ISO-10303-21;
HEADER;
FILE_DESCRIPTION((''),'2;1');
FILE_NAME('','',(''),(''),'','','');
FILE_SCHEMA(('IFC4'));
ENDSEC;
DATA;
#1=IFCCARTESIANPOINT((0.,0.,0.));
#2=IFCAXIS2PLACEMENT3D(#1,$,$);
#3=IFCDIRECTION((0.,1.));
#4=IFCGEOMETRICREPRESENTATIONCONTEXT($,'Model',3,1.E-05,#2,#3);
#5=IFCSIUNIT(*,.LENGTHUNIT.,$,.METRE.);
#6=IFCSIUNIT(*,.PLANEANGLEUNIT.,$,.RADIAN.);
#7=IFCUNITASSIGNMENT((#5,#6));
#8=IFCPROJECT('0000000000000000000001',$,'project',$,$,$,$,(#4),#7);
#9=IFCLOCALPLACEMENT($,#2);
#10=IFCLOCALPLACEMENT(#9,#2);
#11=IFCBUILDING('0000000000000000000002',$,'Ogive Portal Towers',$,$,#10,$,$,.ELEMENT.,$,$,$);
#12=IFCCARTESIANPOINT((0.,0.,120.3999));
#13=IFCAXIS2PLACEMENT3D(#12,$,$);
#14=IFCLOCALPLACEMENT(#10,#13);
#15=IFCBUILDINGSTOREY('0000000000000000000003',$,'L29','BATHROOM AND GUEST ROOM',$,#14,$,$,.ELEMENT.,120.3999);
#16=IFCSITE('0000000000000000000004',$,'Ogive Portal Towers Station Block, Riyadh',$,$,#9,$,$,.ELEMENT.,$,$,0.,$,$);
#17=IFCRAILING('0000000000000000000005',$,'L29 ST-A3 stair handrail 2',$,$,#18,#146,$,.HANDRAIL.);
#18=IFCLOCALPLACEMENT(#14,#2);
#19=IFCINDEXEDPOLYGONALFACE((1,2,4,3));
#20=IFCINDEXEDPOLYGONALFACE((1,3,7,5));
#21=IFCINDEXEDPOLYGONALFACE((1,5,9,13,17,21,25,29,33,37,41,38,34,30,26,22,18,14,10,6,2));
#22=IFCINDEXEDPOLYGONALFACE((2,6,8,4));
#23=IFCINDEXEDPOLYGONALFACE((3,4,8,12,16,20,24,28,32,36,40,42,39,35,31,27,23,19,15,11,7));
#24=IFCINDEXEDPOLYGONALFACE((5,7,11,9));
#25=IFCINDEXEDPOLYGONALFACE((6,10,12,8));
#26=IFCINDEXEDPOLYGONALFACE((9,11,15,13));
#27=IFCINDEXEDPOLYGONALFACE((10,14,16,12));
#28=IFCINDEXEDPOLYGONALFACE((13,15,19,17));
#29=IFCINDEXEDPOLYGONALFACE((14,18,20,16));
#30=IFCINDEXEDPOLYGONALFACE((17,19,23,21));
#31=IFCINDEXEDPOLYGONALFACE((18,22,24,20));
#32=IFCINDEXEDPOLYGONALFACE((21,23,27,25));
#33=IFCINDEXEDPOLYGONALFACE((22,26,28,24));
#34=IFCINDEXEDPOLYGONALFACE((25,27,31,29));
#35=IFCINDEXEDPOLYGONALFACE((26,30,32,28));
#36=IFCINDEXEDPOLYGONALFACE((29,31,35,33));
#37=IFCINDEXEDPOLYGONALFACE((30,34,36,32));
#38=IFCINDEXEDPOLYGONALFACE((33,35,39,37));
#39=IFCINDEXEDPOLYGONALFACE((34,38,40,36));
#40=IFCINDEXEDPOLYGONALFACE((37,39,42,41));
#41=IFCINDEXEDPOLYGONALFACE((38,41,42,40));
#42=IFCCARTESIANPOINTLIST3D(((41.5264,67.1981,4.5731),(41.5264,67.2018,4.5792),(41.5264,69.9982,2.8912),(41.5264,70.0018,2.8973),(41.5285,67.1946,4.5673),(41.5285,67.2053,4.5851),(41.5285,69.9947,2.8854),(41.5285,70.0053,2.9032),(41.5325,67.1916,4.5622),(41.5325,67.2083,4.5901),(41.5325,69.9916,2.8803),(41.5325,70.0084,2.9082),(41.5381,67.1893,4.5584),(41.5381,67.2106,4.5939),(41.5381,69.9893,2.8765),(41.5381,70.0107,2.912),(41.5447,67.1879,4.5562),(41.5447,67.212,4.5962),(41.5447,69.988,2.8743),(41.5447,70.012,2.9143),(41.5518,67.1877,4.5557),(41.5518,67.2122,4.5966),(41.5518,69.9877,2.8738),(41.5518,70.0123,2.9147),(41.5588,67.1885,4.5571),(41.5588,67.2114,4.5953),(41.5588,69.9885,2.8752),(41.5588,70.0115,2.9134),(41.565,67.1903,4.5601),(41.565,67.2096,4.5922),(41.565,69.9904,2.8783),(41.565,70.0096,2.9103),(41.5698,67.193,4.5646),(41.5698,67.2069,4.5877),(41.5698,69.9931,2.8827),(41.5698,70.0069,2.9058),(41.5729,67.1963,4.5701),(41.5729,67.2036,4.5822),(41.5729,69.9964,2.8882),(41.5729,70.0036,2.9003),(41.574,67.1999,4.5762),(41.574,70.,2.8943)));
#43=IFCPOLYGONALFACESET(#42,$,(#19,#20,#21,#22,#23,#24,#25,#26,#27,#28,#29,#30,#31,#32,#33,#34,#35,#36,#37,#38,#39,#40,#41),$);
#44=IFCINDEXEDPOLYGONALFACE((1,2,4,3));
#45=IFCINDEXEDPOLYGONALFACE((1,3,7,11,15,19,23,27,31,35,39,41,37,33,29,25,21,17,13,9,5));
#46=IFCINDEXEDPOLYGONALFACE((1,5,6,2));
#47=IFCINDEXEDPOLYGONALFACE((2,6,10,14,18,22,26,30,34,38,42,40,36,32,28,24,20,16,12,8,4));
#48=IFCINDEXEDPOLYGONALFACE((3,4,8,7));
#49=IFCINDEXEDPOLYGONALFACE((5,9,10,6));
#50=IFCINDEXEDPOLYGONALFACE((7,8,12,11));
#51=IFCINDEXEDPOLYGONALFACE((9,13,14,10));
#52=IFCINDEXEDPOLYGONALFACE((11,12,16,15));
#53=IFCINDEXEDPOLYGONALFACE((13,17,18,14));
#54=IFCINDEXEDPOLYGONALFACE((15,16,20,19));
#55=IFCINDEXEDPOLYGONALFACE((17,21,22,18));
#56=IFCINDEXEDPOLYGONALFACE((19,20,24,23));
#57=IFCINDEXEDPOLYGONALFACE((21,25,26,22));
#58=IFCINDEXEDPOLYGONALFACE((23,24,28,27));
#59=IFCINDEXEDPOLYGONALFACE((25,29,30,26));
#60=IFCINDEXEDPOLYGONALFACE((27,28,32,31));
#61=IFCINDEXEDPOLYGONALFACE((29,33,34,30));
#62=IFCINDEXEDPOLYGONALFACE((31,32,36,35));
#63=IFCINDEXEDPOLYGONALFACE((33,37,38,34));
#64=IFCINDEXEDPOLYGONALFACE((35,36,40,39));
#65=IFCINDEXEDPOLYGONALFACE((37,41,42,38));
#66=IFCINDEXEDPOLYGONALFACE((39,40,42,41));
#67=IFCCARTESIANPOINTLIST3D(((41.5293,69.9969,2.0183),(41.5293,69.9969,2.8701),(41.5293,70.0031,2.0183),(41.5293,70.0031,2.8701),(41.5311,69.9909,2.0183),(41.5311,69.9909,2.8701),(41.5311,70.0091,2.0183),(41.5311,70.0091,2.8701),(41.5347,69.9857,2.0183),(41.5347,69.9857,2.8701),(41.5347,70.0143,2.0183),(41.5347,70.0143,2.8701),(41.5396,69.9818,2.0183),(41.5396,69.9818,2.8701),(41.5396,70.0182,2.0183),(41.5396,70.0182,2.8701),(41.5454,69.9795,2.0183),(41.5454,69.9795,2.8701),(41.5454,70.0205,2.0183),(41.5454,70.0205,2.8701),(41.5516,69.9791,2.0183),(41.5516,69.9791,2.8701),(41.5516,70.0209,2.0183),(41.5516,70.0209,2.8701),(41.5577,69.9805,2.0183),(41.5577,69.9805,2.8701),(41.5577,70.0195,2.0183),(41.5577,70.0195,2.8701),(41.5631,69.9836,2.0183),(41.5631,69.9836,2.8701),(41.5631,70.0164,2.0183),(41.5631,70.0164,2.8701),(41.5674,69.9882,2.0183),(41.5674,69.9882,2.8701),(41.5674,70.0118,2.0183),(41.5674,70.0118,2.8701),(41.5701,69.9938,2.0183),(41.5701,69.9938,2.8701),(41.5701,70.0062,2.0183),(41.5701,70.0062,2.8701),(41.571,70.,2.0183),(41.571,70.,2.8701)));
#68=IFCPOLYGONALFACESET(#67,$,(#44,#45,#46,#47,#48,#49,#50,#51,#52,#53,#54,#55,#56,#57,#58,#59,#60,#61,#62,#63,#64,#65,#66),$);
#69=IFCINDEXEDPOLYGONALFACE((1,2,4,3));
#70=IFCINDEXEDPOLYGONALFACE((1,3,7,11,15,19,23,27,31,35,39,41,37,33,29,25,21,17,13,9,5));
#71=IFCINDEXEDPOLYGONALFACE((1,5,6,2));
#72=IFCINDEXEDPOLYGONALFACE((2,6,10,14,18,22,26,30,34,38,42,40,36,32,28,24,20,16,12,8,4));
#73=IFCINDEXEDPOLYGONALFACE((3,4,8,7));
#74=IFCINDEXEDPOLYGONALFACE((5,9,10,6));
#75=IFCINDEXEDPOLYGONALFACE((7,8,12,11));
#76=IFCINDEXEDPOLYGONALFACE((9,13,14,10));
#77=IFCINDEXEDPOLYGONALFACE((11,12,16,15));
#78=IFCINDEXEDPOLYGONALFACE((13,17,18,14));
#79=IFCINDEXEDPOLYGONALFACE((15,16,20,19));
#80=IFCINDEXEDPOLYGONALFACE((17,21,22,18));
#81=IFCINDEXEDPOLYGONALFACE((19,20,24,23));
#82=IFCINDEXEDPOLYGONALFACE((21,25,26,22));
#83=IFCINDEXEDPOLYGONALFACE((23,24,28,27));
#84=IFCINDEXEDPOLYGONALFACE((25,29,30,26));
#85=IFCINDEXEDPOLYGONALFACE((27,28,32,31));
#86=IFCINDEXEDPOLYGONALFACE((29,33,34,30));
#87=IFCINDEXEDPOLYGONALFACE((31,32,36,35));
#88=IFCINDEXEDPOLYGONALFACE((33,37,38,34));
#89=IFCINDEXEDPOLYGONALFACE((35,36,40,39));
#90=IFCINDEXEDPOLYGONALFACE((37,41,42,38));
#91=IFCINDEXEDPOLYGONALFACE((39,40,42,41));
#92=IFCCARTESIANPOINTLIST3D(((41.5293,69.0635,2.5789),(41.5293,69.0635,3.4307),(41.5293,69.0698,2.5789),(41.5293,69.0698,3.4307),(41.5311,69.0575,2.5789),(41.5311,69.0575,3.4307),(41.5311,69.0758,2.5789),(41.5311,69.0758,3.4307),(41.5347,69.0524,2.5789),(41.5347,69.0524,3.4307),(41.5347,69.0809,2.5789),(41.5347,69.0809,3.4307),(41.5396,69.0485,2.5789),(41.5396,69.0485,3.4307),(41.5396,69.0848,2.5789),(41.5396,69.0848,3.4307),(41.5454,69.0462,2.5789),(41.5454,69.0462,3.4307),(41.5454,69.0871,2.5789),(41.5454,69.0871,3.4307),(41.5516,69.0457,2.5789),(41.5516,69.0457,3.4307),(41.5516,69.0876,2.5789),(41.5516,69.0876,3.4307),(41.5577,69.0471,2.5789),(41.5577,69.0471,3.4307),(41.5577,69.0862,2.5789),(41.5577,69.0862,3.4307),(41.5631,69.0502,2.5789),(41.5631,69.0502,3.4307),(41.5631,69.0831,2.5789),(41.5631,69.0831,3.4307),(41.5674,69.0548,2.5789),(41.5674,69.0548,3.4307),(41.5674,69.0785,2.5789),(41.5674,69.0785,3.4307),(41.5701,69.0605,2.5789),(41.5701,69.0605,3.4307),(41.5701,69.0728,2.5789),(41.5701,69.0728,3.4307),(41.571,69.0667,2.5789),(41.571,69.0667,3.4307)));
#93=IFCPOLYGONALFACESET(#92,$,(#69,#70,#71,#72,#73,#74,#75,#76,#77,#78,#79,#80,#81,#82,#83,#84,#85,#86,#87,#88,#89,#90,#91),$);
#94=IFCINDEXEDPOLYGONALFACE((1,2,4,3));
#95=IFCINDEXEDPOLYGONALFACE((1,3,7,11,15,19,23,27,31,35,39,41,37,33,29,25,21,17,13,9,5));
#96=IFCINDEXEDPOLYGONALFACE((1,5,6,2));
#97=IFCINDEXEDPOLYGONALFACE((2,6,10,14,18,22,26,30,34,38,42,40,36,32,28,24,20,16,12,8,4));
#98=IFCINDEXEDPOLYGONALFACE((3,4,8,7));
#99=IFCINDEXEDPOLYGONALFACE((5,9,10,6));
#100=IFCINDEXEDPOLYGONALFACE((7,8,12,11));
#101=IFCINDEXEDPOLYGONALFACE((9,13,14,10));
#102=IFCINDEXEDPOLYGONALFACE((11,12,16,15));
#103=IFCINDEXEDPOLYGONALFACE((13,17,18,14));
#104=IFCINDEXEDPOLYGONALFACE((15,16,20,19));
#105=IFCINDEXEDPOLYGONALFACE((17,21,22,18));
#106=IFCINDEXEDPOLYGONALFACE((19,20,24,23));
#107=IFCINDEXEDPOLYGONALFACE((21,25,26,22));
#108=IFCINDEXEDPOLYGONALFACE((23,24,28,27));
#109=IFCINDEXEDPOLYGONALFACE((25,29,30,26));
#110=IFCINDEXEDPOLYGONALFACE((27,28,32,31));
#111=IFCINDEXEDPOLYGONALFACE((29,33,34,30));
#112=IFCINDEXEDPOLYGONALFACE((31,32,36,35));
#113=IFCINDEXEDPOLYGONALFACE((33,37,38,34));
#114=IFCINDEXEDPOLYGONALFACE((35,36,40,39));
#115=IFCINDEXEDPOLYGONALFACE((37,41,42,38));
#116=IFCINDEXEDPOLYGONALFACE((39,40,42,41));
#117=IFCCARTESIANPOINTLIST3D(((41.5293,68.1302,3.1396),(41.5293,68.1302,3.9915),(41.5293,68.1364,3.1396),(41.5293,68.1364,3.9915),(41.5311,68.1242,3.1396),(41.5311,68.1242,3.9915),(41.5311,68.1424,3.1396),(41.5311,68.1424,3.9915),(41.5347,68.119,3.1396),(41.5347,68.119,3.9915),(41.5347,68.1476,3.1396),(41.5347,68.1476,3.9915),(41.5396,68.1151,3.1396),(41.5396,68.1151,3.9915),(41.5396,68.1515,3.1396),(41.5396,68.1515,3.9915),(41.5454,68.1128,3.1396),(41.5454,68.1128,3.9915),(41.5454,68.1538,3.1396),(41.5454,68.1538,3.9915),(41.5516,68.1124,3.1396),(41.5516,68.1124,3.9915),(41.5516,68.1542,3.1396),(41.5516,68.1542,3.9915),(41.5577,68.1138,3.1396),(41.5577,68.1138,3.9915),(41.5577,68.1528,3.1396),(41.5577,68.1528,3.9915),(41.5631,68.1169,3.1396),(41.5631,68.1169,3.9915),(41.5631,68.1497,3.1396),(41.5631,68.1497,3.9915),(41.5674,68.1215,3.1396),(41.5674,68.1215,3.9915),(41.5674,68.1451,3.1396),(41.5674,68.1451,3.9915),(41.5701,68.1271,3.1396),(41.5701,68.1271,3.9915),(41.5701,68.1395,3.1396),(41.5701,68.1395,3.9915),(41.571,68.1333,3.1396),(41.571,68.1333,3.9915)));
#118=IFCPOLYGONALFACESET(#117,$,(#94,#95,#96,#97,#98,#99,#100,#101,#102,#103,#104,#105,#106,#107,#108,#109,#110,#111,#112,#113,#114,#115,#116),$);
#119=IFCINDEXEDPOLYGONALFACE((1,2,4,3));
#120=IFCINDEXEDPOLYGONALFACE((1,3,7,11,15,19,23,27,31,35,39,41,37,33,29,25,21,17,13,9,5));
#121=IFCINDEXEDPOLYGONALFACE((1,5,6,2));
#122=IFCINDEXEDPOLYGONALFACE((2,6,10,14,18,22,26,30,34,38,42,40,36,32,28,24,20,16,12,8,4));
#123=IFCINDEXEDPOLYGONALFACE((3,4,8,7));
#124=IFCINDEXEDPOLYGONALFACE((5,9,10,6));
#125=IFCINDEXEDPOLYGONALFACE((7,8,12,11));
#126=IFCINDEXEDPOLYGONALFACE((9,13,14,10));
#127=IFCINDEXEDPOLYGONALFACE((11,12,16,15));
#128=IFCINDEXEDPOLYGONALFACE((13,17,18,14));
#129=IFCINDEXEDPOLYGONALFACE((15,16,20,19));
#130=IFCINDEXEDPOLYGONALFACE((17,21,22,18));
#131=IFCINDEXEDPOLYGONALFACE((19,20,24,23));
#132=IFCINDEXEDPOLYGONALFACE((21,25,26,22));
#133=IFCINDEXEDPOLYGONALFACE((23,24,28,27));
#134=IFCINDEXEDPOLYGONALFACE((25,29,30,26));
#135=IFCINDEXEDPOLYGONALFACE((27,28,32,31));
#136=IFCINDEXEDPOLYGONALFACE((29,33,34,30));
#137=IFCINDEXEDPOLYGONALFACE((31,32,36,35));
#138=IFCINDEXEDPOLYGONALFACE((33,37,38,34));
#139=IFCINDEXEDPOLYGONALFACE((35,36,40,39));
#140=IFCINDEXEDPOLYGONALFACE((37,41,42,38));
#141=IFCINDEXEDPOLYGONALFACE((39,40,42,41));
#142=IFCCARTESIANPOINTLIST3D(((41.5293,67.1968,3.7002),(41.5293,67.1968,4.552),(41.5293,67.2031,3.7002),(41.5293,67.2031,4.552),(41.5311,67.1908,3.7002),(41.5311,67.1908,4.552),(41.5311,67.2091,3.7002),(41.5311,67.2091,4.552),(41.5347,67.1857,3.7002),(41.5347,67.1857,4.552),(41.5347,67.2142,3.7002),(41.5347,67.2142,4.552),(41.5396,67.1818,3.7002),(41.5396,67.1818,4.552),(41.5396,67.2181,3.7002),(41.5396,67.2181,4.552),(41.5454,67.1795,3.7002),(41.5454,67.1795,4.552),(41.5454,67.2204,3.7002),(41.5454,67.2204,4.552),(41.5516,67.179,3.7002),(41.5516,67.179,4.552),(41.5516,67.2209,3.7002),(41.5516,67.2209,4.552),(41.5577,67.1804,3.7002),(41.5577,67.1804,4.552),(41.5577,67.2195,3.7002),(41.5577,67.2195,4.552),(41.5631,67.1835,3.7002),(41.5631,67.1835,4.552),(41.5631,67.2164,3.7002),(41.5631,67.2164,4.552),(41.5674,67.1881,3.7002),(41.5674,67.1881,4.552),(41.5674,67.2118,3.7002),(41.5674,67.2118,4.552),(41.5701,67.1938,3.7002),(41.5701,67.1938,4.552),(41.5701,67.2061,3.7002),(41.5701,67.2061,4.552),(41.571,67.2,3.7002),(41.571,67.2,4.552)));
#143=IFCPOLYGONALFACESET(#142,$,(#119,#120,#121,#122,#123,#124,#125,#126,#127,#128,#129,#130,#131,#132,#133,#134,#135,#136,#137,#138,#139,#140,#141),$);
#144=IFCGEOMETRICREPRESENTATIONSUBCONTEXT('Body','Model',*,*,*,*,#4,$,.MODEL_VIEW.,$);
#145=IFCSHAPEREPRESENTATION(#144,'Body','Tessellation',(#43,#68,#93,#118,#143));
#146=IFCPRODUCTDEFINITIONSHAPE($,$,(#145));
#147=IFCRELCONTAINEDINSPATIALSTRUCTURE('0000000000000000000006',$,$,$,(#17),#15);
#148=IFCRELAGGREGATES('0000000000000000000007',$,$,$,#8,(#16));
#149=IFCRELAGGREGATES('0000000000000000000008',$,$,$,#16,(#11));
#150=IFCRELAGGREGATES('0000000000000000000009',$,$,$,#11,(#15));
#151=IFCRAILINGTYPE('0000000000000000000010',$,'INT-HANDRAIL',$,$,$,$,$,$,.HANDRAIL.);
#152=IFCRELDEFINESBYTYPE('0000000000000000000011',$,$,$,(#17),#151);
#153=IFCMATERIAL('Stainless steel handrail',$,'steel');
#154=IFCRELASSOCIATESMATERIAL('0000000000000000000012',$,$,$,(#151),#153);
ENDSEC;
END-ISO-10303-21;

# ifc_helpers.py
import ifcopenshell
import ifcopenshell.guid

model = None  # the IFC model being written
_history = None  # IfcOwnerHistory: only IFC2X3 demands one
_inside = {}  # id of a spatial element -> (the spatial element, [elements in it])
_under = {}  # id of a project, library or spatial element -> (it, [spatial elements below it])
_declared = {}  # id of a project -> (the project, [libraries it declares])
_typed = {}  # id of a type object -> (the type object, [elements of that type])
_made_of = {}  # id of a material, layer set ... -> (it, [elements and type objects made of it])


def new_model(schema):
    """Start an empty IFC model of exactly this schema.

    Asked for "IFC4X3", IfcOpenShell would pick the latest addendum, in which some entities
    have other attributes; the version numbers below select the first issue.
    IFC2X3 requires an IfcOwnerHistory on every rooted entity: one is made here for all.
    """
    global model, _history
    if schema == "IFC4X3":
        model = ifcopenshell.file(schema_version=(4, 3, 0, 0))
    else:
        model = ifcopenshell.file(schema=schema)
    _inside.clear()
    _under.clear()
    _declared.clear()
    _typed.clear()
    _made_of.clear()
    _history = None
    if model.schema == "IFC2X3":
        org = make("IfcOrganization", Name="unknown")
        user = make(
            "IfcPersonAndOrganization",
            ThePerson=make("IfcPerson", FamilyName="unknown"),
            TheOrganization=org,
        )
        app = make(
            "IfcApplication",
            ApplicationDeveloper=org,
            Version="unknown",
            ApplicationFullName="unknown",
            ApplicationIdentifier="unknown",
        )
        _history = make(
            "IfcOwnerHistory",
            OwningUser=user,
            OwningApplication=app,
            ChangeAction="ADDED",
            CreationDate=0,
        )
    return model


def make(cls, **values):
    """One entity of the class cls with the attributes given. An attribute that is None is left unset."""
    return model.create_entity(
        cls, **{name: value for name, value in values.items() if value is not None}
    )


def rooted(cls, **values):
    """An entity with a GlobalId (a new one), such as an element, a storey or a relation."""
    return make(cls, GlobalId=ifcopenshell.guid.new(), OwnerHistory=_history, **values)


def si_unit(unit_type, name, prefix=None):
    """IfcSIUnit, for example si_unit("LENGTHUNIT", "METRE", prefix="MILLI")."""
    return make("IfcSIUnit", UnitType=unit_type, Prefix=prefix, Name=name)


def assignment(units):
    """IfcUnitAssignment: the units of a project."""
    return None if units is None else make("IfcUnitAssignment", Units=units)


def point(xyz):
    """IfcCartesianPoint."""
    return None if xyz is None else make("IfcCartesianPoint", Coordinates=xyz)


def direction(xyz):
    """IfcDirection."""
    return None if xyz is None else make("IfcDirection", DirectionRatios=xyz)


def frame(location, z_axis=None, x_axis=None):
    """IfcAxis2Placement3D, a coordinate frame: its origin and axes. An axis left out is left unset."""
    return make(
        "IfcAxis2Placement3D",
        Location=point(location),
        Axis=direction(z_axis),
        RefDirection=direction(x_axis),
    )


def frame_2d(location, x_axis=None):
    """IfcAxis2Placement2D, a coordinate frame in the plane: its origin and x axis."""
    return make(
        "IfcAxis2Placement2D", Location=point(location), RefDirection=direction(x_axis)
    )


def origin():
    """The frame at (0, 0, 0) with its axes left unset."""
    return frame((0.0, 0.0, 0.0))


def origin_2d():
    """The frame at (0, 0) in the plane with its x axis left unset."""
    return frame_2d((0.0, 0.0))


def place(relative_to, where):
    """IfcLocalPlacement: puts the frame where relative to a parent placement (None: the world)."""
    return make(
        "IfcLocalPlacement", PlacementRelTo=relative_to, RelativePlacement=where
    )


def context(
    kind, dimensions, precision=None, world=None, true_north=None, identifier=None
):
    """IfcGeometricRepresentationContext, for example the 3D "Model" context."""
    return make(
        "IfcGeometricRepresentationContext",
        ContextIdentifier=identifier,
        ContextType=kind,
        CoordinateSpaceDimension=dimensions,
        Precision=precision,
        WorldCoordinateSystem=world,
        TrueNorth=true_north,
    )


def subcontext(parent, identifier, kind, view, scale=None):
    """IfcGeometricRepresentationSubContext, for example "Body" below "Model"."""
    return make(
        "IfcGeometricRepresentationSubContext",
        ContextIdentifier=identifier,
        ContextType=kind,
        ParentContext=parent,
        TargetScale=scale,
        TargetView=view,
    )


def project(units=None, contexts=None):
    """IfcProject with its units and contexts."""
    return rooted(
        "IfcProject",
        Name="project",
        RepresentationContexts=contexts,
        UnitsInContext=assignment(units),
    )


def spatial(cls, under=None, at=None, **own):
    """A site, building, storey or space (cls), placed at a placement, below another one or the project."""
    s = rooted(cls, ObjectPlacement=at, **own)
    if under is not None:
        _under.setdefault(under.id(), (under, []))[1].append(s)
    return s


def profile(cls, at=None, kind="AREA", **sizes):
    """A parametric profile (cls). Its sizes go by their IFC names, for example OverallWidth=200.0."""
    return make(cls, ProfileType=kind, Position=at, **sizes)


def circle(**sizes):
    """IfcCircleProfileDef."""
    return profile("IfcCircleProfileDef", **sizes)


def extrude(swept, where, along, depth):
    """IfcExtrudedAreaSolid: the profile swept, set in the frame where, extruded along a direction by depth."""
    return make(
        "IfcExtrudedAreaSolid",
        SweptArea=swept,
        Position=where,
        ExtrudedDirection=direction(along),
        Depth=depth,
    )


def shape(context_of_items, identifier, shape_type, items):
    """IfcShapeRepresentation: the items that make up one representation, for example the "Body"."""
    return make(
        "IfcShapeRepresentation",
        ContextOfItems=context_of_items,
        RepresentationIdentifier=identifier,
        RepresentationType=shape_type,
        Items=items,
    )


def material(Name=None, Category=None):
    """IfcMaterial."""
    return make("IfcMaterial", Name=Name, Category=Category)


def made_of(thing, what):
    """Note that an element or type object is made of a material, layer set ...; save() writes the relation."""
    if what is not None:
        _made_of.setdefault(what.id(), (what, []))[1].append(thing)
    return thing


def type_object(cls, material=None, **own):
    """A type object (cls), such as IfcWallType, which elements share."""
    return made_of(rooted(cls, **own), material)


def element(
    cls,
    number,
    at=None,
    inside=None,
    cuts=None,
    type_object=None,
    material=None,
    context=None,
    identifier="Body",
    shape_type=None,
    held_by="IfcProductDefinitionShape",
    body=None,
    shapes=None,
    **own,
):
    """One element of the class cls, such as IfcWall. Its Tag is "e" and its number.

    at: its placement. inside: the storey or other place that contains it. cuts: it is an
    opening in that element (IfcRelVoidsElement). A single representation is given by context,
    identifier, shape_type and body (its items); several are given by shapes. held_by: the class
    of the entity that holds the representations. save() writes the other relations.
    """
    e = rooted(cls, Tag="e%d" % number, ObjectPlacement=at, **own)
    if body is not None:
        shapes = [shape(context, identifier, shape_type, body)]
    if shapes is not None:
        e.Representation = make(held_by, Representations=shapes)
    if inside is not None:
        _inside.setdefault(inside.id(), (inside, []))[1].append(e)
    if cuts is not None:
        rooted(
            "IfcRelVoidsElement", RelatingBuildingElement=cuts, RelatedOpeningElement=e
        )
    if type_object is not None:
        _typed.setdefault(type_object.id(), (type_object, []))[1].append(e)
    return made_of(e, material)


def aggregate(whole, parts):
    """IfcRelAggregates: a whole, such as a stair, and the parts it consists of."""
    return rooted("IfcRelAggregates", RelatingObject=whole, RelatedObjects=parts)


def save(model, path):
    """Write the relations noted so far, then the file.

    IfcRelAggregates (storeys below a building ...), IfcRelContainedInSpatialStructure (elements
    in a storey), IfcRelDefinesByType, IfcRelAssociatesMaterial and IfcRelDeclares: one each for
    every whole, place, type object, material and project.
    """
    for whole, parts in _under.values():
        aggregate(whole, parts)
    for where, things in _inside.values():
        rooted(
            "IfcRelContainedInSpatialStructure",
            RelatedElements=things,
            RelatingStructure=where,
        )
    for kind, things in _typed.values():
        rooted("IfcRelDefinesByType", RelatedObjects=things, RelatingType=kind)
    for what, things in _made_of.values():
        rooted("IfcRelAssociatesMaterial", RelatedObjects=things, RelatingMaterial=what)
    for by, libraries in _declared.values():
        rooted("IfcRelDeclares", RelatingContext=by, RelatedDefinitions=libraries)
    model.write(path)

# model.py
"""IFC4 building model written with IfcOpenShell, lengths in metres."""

from ifc_helpers import new_model, si_unit, direction, frame, origin, origin_2d, place, context, subcontext, project, spatial, circle, extrude, material, type_object, element, save


model = new_model("IFC4")

# Units and contexts
model_context = context("Model", 3, precision=1e-05, world=origin(), true_north=direction((0.0, 1.0)))
body_context = subcontext(model_context, "Body", "Model", "MODEL_VIEW")
ifc_project = project(units=[si_unit("LENGTHUNIT", "METRE"), si_unit("PLANEANGLEUNIT", "RADIAN")], contexts=[model_context])

# Site, building, storey
site_placement = place(None, origin())
site = spatial("IfcSite", under=ifc_project, at=site_placement, Name="Ogive Portal Towers Station Block, Riyadh", CompositionType="ELEMENT", RefElevation=0.0)
building_placement = place(site_placement, origin())
building = spatial("IfcBuilding", under=site, at=building_placement, Name="Ogive Portal Towers", CompositionType="ELEMENT")
storey_placement = place(building_placement, frame((0.0, 0.0, 120.3999)))
storey = spatial("IfcBuildingStorey", under=building, at=storey_placement, Name="L29", Description="BATHROOM AND GUEST ROOM", CompositionType="ELEMENT", Elevation=120.3999)

# Railing
ifc_material_1 = material(Name="Stainless steel handrail", Category="steel")
railing_type_1 = type_object("IfcRailingType", Name="INT-HANDRAIL", PredefinedType="HANDRAIL", material=ifc_material_1)
railing_1_placement = place(storey_placement, frame((41.55, 70.0, 2.0183)))
element("IfcRailing", 1, at=railing_1_placement, inside=storey, type_object=railing_type_1, Name="L29 ST-A3 stair handrail 2", PredefinedType="HANDRAIL", context=body_context, shape_type="SweptSolid", body=[
    extrude(circle(Radius=0.0239, at=origin_2d()), frame((0.0, 0.0, 0.876), z_axis=(0.0, -0.857242, 0.514913), x_axis=(1.0, 0.0, 0.0)), (0.0, 0.0, 1.0), 3.2664),
    extrude(circle(Radius=0.021, at=origin_2d()), origin(), (0.0, 0.0, 1.0), 0.8518),
    extrude(circle(Radius=0.021, at=origin_2d()), frame((0.0, -0.9333, 0.5605)), (0.0, 0.0, 1.0), 0.8518),
    extrude(circle(Radius=0.021, at=origin_2d()), frame((0.0, -1.8667, 1.1213)), (0.0, 0.0, 1.0), 0.8518),
    extrude(circle(Radius=0.021, at=origin_2d()), frame((0.0, -2.8, 1.6819)), (0.0, 0.0, 1.0), 0.8518),
])

save(model, "model.ifc")
